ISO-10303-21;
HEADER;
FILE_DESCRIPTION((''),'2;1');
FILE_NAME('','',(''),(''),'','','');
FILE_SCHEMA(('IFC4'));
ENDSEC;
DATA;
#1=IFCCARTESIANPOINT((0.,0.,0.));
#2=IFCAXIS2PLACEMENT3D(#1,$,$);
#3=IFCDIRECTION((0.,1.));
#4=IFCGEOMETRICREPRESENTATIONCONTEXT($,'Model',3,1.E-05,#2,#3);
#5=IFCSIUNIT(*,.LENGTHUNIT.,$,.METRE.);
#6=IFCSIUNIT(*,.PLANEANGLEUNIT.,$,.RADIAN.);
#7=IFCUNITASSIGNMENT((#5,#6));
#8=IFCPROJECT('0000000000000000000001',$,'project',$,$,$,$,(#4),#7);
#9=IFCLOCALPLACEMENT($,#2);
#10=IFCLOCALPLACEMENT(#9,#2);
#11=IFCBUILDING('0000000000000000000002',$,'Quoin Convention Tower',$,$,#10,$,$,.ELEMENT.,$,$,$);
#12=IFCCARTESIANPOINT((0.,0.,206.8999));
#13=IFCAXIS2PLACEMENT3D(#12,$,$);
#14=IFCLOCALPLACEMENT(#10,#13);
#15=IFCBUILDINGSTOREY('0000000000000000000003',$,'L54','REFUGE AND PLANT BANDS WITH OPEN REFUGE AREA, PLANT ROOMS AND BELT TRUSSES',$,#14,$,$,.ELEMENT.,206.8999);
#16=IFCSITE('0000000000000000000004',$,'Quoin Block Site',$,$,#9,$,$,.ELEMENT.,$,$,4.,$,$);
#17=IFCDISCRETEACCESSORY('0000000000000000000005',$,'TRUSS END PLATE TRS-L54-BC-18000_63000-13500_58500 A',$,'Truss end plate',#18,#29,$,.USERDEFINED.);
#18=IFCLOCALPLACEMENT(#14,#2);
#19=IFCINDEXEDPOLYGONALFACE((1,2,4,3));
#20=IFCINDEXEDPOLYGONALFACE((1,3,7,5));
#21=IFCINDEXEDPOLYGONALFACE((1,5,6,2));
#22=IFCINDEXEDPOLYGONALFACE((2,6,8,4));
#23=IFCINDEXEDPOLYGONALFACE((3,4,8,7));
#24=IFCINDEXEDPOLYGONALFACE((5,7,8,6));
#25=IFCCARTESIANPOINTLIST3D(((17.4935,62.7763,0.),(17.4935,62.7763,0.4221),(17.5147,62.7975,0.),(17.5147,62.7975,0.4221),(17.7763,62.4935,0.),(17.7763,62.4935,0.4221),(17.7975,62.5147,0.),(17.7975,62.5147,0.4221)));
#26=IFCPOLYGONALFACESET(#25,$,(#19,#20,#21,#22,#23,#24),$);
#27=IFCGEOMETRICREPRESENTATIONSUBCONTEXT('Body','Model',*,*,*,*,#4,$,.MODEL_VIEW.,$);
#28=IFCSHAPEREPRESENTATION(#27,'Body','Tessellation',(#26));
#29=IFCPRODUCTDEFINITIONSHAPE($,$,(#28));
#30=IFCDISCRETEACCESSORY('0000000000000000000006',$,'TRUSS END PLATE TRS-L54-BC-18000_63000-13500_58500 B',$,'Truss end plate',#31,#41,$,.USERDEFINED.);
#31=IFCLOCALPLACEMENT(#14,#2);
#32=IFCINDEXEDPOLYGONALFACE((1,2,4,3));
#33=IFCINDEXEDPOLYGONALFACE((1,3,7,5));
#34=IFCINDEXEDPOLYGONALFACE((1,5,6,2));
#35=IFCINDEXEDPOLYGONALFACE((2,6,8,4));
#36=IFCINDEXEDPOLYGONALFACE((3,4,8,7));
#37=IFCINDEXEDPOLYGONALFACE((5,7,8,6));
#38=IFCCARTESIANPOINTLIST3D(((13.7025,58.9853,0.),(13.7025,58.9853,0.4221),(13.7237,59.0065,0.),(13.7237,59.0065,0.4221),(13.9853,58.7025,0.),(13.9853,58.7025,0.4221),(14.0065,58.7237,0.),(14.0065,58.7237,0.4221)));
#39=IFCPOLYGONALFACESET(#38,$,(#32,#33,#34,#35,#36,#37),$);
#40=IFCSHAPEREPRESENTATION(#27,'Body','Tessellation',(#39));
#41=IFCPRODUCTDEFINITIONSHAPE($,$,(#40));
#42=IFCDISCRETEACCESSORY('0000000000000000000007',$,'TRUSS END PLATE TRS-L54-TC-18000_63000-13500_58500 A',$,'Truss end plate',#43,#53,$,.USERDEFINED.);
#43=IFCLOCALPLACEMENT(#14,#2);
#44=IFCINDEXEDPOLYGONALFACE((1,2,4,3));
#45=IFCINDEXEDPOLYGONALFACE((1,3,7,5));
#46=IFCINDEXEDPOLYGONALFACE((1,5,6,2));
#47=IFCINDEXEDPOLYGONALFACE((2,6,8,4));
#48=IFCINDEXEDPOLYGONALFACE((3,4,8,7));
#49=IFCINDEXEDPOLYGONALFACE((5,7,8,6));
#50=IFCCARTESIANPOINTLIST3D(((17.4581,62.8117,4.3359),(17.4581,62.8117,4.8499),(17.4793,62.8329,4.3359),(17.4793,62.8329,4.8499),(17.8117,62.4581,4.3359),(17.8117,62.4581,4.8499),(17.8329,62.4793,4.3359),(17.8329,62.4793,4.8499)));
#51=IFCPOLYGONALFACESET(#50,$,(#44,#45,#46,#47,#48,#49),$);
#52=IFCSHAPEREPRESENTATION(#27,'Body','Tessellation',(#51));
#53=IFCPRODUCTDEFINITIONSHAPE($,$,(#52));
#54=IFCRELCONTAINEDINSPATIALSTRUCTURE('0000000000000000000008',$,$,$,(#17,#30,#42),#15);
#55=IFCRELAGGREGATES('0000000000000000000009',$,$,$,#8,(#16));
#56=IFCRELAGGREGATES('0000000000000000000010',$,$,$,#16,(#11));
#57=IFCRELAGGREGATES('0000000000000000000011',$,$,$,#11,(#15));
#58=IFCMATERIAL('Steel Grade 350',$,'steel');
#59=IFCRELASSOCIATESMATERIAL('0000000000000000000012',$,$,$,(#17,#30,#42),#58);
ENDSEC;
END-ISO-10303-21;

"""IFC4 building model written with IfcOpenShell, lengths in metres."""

from ifc_helpers import new_model, si_unit, direction, frame, origin, origin_2d, place, context, subcontext, project, spatial, rectangle, extrude, material, element, save


model = new_model("IFC4")

# Units and contexts
model_context = context("Model", 3, precision=1e-05, world=origin(), true_north=direction((0.0, 1.0)))
body_context = subcontext(model_context, "Body", "Model", "MODEL_VIEW")
ifc_project = project(units=[si_unit("LENGTHUNIT", "METRE"), si_unit("PLANEANGLEUNIT", "RADIAN")], contexts=[model_context])

# Site, building, storey
site_placement = place(None, origin())
site = spatial("IfcSite", under=ifc_project, at=site_placement, Name="Quoin Block Site", CompositionType="ELEMENT", RefElevation=4.0)
building_placement = place(site_placement, origin())
building = spatial("IfcBuilding", under=site, at=building_placement, Name="Quoin Convention Tower", CompositionType="ELEMENT")
storey_placement = place(building_placement, frame((0.0, 0.0, 206.8999)))
storey = spatial("IfcBuildingStorey", under=building, at=storey_placement, Name="L54", Description="REFUGE AND PLANT BANDS WITH OPEN REFUGE AREA, PLANT ROOMS AND BELT TRUSSES", CompositionType="ELEMENT", Elevation=206.8999)

# Discrete accessories
ifc_material_1 = material(Name="Steel Grade 350", Category="steel")
for number, where, z_axis, x_axis, name in (
    (1, (17.6455, 62.6455, 0.0), (0.0, 0.0, 1.0), (0.707107, 0.707107, 0.0), "TRUSS END PLATE TRS-L54-BC-18000_63000-13500_58500 A"),
    (2, (13.8545, 58.8545, 0.0), (0.0, 0.0, 1.0), (-0.707107, -0.707107, 0.0), "TRUSS END PLATE TRS-L54-BC-18000_63000-13500_58500 B"),
):
    element("IfcDiscreteAccessory", number, at=place(storey_placement, frame(where, z_axis=z_axis, x_axis=x_axis)), inside=storey, material=ifc_material_1, Name=name, ObjectType="Truss end plate", PredefinedType="USERDEFINED", context=body_context, shape_type="SweptSolid", body=[
        extrude(rectangle(XDim=0.03, YDim=0.3999, at=origin_2d()), origin(), (0.0, 0.0, 1.0), 0.4221),
    ])
discrete_accessory_placement = place(storey_placement, frame((17.6455, 62.6455, 4.3359), z_axis=(0.0, 0.0, 1.0), x_axis=(0.707107, 0.707107, 0.0)))
element("IfcDiscreteAccessory", 3, at=discrete_accessory_placement, inside=storey, material=ifc_material_1, Name="TRUSS END PLATE TRS-L54-TC-18000_63000-13500_58500 A", ObjectType="Truss end plate", PredefinedType="USERDEFINED", context=body_context, shape_type="SweptSolid", body=[
    extrude(rectangle(XDim=0.03, YDim=0.5, at=origin_2d()), origin(), (0.0, 0.0, 1.0), 0.5139),
])

save(model, "model.ifc")
